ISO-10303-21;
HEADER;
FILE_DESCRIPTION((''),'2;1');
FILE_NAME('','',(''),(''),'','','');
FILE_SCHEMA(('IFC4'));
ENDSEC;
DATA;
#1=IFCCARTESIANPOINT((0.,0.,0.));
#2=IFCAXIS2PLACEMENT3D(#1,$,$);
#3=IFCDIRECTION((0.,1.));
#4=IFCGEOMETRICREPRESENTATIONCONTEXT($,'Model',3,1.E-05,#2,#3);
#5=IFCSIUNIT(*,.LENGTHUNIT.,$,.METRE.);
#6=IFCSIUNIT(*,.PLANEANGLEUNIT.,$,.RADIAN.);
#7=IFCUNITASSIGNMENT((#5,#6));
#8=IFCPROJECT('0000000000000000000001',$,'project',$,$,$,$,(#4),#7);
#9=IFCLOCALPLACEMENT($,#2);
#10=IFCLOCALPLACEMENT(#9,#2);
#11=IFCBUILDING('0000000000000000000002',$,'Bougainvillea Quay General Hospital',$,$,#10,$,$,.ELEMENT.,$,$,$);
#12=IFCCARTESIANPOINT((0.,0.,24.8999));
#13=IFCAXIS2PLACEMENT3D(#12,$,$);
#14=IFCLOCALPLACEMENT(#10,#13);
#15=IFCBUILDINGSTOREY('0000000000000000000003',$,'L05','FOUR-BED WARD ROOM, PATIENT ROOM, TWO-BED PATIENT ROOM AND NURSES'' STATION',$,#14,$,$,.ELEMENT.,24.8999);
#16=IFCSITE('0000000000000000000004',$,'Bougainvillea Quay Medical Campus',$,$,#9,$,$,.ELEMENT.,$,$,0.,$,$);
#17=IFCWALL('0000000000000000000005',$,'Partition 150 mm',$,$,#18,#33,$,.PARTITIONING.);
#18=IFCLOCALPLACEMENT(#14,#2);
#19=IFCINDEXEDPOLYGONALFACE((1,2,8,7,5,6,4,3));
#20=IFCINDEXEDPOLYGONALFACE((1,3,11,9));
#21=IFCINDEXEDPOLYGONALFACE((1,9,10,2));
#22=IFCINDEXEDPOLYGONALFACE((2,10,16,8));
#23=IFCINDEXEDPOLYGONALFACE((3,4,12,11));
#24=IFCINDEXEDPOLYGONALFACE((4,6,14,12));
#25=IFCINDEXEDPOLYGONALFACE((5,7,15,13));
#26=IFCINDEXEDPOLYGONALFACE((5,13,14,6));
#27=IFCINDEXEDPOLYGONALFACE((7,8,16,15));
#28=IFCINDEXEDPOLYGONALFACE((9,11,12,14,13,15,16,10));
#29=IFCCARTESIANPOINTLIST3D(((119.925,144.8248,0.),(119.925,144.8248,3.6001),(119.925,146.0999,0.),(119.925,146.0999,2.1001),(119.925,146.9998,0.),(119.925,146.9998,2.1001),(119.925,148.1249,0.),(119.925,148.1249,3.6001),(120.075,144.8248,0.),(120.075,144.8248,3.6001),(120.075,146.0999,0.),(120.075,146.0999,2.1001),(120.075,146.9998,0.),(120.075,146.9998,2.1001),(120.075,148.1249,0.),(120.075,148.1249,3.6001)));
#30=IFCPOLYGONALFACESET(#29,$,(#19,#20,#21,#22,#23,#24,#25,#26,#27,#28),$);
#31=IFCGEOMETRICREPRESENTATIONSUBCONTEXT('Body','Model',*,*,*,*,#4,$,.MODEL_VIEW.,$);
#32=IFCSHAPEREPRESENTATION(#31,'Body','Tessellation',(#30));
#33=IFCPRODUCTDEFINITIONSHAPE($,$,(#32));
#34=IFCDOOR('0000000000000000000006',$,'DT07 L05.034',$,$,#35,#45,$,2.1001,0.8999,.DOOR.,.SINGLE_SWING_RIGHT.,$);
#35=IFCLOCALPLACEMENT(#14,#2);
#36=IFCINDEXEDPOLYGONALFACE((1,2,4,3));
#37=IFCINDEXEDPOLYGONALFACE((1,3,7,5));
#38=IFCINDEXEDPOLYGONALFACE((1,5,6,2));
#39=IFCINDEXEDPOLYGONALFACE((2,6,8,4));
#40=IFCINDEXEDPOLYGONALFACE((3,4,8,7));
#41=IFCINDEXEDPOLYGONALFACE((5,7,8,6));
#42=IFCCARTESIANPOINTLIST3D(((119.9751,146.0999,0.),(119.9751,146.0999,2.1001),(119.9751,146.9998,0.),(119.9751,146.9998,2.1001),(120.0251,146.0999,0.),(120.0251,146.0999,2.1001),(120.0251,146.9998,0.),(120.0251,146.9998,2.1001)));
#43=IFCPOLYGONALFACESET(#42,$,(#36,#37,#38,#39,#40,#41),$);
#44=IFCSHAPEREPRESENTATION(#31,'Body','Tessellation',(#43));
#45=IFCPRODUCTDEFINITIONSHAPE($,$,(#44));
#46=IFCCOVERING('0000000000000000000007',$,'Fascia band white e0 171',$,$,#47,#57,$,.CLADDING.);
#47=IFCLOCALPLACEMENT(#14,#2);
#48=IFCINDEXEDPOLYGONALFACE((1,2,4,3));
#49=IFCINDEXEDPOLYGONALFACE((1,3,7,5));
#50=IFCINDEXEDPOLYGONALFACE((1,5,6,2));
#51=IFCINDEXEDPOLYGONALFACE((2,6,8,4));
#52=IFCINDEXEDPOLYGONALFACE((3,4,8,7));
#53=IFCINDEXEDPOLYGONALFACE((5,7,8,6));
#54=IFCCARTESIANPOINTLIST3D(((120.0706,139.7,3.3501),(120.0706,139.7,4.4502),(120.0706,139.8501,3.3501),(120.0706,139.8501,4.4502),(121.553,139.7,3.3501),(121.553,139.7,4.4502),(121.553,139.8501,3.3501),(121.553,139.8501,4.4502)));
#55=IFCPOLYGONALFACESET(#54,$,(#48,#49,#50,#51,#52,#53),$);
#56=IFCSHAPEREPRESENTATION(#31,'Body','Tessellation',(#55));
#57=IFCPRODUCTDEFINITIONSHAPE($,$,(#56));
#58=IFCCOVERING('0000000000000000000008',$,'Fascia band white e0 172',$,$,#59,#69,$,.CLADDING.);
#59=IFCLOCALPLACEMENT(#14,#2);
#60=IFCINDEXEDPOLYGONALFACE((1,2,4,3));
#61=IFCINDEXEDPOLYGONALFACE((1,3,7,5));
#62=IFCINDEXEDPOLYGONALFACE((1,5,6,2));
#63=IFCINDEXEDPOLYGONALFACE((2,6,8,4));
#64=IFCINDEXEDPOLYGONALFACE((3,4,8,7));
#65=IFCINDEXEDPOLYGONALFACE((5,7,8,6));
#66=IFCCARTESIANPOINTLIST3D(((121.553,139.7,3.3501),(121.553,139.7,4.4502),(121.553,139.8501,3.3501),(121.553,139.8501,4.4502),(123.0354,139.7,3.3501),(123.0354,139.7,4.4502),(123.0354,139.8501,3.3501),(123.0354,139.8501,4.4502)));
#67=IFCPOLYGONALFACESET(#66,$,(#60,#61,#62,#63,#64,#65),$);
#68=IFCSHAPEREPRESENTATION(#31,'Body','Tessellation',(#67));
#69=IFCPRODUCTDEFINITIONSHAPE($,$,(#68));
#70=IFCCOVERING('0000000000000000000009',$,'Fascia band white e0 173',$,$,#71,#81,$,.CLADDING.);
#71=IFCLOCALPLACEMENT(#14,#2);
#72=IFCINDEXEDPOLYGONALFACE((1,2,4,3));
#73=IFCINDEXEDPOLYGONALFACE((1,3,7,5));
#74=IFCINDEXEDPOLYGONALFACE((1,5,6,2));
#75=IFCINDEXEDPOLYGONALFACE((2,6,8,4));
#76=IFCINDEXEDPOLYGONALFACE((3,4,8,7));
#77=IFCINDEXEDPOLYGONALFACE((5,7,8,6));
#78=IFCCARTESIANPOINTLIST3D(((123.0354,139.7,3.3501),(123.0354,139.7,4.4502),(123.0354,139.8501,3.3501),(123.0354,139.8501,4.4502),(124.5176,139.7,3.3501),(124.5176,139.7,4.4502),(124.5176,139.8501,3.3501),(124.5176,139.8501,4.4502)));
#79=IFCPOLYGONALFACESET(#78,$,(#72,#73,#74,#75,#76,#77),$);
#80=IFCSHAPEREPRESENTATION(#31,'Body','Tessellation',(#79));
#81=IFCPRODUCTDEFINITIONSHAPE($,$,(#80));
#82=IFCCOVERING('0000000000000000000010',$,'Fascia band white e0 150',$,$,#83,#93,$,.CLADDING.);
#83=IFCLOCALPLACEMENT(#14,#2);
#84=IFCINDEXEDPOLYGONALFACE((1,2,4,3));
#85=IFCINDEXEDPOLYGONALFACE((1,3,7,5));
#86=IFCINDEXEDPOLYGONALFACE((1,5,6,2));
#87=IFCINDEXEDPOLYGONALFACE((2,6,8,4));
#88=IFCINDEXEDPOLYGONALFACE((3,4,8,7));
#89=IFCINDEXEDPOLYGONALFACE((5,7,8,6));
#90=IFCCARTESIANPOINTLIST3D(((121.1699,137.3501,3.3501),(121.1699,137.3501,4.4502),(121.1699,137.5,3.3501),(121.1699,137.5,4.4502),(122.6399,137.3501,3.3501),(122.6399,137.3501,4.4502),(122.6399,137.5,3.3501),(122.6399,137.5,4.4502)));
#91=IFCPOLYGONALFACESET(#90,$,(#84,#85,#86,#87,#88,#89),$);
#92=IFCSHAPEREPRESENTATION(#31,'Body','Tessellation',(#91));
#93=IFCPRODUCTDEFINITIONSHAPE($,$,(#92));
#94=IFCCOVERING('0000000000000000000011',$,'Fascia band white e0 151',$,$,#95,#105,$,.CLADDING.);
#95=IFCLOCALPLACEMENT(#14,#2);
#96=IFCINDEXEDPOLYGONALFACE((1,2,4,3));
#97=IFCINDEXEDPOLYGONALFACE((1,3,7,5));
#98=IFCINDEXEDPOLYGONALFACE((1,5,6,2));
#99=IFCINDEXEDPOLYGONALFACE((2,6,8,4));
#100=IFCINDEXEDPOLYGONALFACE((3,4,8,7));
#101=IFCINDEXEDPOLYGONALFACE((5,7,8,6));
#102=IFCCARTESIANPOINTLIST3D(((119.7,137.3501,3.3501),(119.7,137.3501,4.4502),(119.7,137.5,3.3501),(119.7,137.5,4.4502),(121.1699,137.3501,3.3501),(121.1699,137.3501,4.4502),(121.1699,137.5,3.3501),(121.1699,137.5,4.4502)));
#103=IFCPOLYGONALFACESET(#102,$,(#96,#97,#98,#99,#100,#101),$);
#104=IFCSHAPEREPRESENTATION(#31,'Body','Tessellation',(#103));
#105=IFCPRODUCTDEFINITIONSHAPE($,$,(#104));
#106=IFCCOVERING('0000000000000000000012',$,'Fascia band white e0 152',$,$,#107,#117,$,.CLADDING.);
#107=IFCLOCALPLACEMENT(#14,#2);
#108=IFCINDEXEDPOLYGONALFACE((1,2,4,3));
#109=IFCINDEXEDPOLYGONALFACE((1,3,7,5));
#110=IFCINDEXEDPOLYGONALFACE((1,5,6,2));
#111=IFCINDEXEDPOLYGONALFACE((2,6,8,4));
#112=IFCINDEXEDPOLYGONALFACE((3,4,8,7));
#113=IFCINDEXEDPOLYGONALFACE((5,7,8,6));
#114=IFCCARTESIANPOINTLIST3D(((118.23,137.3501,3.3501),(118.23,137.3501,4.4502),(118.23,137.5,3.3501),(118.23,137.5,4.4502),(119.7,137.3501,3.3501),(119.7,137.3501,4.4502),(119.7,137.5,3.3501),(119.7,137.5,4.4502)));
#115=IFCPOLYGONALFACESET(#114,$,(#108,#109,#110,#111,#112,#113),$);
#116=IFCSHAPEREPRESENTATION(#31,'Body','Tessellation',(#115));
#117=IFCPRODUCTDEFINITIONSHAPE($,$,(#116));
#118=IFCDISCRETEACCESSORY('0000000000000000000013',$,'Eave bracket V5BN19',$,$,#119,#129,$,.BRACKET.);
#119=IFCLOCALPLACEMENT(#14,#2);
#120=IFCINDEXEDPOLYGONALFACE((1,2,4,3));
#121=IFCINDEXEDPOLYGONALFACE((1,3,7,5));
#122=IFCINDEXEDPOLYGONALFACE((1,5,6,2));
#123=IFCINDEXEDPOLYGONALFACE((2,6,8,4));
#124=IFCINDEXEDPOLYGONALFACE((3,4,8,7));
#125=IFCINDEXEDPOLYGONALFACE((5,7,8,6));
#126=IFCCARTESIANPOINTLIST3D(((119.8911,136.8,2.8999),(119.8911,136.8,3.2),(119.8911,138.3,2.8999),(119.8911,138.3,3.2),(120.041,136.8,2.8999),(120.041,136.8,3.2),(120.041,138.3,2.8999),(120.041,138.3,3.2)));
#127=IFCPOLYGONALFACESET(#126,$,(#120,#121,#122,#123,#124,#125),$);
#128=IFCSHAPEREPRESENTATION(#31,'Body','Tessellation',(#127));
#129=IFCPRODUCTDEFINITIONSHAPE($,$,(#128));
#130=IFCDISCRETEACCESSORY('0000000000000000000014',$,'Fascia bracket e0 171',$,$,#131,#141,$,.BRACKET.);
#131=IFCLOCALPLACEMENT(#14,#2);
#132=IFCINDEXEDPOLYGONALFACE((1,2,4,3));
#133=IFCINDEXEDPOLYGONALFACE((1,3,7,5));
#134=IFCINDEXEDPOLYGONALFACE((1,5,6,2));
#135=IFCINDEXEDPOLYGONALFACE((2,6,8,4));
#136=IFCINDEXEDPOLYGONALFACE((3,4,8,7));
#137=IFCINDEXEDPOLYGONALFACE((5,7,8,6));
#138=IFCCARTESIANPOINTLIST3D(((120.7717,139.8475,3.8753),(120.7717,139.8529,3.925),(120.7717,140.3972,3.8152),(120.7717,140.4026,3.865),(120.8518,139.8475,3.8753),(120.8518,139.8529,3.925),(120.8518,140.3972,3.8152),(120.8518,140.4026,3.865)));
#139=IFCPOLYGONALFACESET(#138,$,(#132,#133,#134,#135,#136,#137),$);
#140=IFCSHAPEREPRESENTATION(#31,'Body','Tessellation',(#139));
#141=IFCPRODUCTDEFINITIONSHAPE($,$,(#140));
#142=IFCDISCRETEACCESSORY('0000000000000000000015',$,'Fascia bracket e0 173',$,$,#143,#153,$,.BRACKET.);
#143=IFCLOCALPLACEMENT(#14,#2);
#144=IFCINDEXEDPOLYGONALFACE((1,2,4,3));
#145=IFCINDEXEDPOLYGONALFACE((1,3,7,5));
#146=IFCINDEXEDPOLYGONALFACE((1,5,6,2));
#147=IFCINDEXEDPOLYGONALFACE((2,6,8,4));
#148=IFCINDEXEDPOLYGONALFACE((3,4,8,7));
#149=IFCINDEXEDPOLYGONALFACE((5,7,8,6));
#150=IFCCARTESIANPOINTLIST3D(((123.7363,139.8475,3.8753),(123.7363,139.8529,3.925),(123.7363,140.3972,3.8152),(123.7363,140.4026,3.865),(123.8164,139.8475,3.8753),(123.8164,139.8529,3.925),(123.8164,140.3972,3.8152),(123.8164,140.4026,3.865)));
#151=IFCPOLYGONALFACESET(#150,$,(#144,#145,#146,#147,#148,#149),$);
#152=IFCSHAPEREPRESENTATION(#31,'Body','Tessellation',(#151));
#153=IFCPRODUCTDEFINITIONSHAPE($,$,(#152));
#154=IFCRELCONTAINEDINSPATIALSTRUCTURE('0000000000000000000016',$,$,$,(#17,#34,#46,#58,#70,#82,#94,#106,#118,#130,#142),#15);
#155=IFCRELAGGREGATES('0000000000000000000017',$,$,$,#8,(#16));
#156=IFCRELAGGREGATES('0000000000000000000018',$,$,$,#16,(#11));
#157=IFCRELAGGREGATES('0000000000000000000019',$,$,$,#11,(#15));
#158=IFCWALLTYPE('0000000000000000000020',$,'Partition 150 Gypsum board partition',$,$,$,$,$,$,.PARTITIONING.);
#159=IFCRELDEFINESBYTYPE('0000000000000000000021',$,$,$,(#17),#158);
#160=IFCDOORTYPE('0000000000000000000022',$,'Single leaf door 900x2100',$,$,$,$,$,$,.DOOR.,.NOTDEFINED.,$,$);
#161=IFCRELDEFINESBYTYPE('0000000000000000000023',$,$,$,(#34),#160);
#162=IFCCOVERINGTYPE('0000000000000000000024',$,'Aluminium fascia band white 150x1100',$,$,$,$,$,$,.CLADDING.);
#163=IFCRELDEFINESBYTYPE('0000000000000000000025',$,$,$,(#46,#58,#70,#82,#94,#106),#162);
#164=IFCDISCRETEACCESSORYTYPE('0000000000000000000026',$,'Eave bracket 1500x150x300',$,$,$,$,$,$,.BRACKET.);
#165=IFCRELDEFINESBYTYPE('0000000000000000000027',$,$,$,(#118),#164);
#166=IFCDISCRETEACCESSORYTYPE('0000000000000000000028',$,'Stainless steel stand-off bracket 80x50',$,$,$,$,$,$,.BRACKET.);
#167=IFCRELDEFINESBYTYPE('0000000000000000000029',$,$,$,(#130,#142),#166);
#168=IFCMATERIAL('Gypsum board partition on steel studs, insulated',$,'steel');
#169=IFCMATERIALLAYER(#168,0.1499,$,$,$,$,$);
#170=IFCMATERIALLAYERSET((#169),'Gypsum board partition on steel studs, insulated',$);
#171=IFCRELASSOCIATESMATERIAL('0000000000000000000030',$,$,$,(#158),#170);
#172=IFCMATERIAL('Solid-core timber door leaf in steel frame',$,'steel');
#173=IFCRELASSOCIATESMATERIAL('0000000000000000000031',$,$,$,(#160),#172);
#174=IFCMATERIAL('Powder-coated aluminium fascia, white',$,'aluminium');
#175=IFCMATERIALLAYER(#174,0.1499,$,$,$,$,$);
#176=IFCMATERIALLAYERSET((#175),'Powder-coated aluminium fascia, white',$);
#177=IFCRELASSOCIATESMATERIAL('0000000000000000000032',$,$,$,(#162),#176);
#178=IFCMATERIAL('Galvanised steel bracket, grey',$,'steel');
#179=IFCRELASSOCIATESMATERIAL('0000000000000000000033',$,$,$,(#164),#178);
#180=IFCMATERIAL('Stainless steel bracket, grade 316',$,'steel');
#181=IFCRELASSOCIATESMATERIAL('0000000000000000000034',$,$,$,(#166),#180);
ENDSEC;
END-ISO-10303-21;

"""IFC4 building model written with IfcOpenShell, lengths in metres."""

from ifc_helpers import new_model, si_unit, direction, frame, frame_2d, origin, origin_2d, place, context, subcontext, project, spatial, polyline, rectangle, outline, extrude, material, layer, layer_set, material_profile, profile_set, type_object, element, fill, save


model = new_model("IFC4")

# Units and contexts
model_context = context("Model", 3, precision=1e-05, world=origin(), true_north=direction((0.0, 1.0)))
body_context = subcontext(model_context, "Body", "Model", "MODEL_VIEW")
ifc_project = project(units=[si_unit("LENGTHUNIT", "METRE"), si_unit("PLANEANGLEUNIT", "RADIAN")], contexts=[model_context])

# Site, building, storey
site_placement = place(None, origin())
site = spatial("IfcSite", under=ifc_project, at=site_placement, Name="Bougainvillea Quay Medical Campus", CompositionType="ELEMENT", RefElevation=0.0)
building_placement = place(site_placement, origin())
building = spatial("IfcBuilding", under=site, at=building_placement, Name="Bougainvillea Quay General Hospital", CompositionType="ELEMENT")
storey_placement = place(building_placement, frame((0.0, 0.0, 24.8999)))
storey = spatial("IfcBuildingStorey", under=building, at=storey_placement, Name="L05", Description="FOUR-BED WARD ROOM, PATIENT ROOM, TWO-BED PATIENT ROOM AND NURSES' STATION", CompositionType="ELEMENT", Elevation=24.8999)

# Shared definitions
ifc_material_1 = material(Name="Gypsum board partition on steel studs, insulated", Category="steel")
ifc_layer_1 = layer(ifc_material_1, 0.1499)
ifc_layer_set_1 = layer_set([ifc_layer_1], Name="Gypsum board partition on steel studs, insulated")
wall_type = type_object("IfcWallType", Name="Partition 150 Gypsum board partition", PredefinedType="PARTITIONING", material=ifc_layer_set_1)

# Wall, opening, door
wall_1_placement = place(storey_placement, frame((120.0, 144.825, 0.0), z_axis=(0.0, 0.0, 1.0), x_axis=(0.0, 1.0, 0.0)))
wall_1 = element("IfcWall", 1, at=wall_1_placement, inside=storey, type_object=wall_type, Name="Partition 150 mm", PredefinedType="PARTITIONING", context=body_context, shape_type="SweptSolid", body=[
    extrude(rectangle(XDim=3.3, YDim=0.1499, at=frame_2d((1.6499, 0.0))), origin(), (0.0, 0.0, 1.0), 3.6001),
])
opening_placement = place(wall_1_placement, frame((1.2749, 0.0, 0.0)))
opening = element("IfcOpeningElement", 2, at=opening_placement, cuts=wall_1, PredefinedType="OPENING", context=body_context, shape_type="SweptSolid", body=[
    extrude(rectangle(XDim=0.8999, YDim=2.1001, at=frame_2d((0.45, 1.05))), frame((0.0, 0.085, 0.0), z_axis=(0.0, -1.0, 0.0), x_axis=(1.0, 0.0, 0.0)), (0.0, 0.0, 1.0), 0.1699),
])
ifc_material_2 = material(Name="Solid-core timber door leaf in steel frame", Category="steel")
door_type = type_object("IfcDoorType", Name="Single leaf door 900x2100", OperationType="NOTDEFINED", PredefinedType="DOOR", material=ifc_material_2)
door_placement = place(opening_placement, origin())
door = element("IfcDoor", 3, at=door_placement, inside=storey, type_object=door_type, Name="DT07 L05.034", OperationType="SINGLE_SWING_RIGHT", OverallHeight=2.1001, OverallWidth=0.8999, PredefinedType="DOOR", context=body_context, shape_type="SweptSolid", body=[
    extrude(rectangle(XDim=0.8999, YDim=2.1001, at=frame_2d((0.45, 1.05))), frame((0.0, 0.0249, 0.0), z_axis=(0.0, -1.0, 0.0), x_axis=(1.0, 0.0, 0.0)), (0.0, 0.0, 1.0), 0.05),
])
fill(opening, door)

# Coverings
ifc_material_3 = material(Name="Powder-coated aluminium fascia, white", Category="aluminium")
ifc_layer_2 = layer(ifc_material_3, 0.1499)
ifc_layer_set_2 = layer_set([ifc_layer_2], Name="Powder-coated aluminium fascia, white")
covering_type = type_object("IfcCoveringType", Name="Aluminium fascia band white 150x1100", PredefinedType="CLADDING", material=ifc_layer_set_2)
for number, where, z_axis, x_axis, name in (
    (4, (120.0706, 139.8501, 3.3501), (0.0, 0.0, 1.0), (1.0, 0.0, 0.0), "Fascia band white e0 171"),
    (5, (121.553, 139.8501, 3.3501), (0.0, 0.0, 1.0), (1.0, 0.0, 0.0), "Fascia band white e0 172"),
):
    element("IfcCovering", number, at=place(storey_placement, frame(where, z_axis=z_axis, x_axis=x_axis)), inside=storey, type_object=covering_type, Name=name, PredefinedType="CLADDING", context=body_context, shape_type="SweptSolid", body=[
        extrude(outline(polyline([(0.0, 0.0), (1.4824, 0.0), (1.4824, -0.1501), (0.0, -0.1501), (0.0, 0.0)])), origin(), (0.0, 0.0, 1.0), 1.1001),
    ])
covering_placement = place(storey_placement, frame((123.0354, 139.8501, 3.3501), z_axis=(0.0, 0.0, 1.0), x_axis=(1.0, 0.0, 0.0)))
element("IfcCovering", 6, at=covering_placement, inside=storey, type_object=covering_type, Name="Fascia band white e0 173", PredefinedType="CLADDING", context=body_context, shape_type="SweptSolid", body=[
    extrude(outline(polyline([(0.0, 0.0), (1.4822, 0.0), (1.4822, -0.1501), (0.0, -0.1501), (0.0, 0.0)])), origin(), (0.0, 0.0, 1.0), 1.1001),
])
for number, where, z_axis, x_axis, name in (
    (7, (122.6399, 137.3501, 3.3501), (0.0, 0.0, 1.0), (-1.0, 0.0, 0.0), "Fascia band white e0 150"),
    (8, (121.1699, 137.3501, 3.3501), (0.0, 0.0, 1.0), (-1.0, 0.0, 0.0), "Fascia band white e0 151"),
    (9, (119.7, 137.3501, 3.3501), (0.0, 0.0, 1.0), (-1.0, 0.0, 0.0), "Fascia band white e0 152"),
):
    element("IfcCovering", number, at=place(storey_placement, frame(where, z_axis=z_axis, x_axis=x_axis)), inside=storey, type_object=covering_type, Name=name, PredefinedType="CLADDING", context=body_context, shape_type="SweptSolid", body=[
        extrude(outline(polyline([(0.0, 0.0), (1.47, 0.0), (1.47, -0.1499), (0.0, -0.1499), (0.0, 0.0)])), origin(), (0.0, 0.0, 1.0), 1.1001),
    ])

# Discrete accessories
ifc_material_4 = material(Name="Galvanised steel bracket, grey", Category="steel")
discrete_accessory_type_1 = type_object("IfcDiscreteAccessoryType", Name="Eave bracket 1500x150x300", PredefinedType="BRACKET", material=ifc_material_4)
discrete_accessory_placement = place(storey_placement, frame((119.9661, 137.55, 2.8999), z_axis=(0.0, 0.0, 1.0), x_axis=(1.0, 0.0, 0.0)))
element("IfcDiscreteAccessory", 10, at=discrete_accessory_placement, inside=storey, type_object=discrete_accessory_type_1, Name="Eave bracket V5BN19", PredefinedType="BRACKET", context=body_context, shape_type="SweptSolid", body=[
    extrude(rectangle(XDim=0.1499, YDim=1.5, at=origin_2d()), origin(), (0.0, 0.0, 1.0), 0.3),
])
ifc_material_5 = material(Name="Stainless steel bracket, grade 316", Category="steel")
ifc_material_profile_1 = material_profile(ifc_material_5, rectangle(XDim=0.0801, YDim=0.05, at=origin_2d()))
ifc_profile_set_1 = profile_set([ifc_material_profile_1], Name="Stainless steel bracket, grade 316")
discrete_accessory_type_2 = type_object("IfcDiscreteAccessoryType", Name="Stainless steel stand-off bracket 80x50", PredefinedType="BRACKET", material=ifc_profile_set_1)
for number, where, z_axis, x_axis, name in (
    (11, (120.8118, 140.3999, 3.8401), (0.0, -0.994087, 0.10859), (1.0, 0.0, 0.0), "Fascia bracket e0 171"),
    (12, (123.7764, 140.3999, 3.8401), (0.0, -0.994087, 0.10859), (1.0, 0.0, 0.0), "Fascia bracket e0 173"),
):
    element("IfcDiscreteAccessory", number, at=place(storey_placement, frame(where, z_axis=z_axis, x_axis=x_axis)), inside=storey, type_object=discrete_accessory_type_2, Name=name, PredefinedType="BRACKET", context=body_context, shape_type="SweptSolid", body=[
        extrude(rectangle(XDim=0.0801, YDim=0.05, at=origin_2d()), origin(), (0.0, 0.0, 1.0), 0.553),
    ])

save(model, "model.ifc")
